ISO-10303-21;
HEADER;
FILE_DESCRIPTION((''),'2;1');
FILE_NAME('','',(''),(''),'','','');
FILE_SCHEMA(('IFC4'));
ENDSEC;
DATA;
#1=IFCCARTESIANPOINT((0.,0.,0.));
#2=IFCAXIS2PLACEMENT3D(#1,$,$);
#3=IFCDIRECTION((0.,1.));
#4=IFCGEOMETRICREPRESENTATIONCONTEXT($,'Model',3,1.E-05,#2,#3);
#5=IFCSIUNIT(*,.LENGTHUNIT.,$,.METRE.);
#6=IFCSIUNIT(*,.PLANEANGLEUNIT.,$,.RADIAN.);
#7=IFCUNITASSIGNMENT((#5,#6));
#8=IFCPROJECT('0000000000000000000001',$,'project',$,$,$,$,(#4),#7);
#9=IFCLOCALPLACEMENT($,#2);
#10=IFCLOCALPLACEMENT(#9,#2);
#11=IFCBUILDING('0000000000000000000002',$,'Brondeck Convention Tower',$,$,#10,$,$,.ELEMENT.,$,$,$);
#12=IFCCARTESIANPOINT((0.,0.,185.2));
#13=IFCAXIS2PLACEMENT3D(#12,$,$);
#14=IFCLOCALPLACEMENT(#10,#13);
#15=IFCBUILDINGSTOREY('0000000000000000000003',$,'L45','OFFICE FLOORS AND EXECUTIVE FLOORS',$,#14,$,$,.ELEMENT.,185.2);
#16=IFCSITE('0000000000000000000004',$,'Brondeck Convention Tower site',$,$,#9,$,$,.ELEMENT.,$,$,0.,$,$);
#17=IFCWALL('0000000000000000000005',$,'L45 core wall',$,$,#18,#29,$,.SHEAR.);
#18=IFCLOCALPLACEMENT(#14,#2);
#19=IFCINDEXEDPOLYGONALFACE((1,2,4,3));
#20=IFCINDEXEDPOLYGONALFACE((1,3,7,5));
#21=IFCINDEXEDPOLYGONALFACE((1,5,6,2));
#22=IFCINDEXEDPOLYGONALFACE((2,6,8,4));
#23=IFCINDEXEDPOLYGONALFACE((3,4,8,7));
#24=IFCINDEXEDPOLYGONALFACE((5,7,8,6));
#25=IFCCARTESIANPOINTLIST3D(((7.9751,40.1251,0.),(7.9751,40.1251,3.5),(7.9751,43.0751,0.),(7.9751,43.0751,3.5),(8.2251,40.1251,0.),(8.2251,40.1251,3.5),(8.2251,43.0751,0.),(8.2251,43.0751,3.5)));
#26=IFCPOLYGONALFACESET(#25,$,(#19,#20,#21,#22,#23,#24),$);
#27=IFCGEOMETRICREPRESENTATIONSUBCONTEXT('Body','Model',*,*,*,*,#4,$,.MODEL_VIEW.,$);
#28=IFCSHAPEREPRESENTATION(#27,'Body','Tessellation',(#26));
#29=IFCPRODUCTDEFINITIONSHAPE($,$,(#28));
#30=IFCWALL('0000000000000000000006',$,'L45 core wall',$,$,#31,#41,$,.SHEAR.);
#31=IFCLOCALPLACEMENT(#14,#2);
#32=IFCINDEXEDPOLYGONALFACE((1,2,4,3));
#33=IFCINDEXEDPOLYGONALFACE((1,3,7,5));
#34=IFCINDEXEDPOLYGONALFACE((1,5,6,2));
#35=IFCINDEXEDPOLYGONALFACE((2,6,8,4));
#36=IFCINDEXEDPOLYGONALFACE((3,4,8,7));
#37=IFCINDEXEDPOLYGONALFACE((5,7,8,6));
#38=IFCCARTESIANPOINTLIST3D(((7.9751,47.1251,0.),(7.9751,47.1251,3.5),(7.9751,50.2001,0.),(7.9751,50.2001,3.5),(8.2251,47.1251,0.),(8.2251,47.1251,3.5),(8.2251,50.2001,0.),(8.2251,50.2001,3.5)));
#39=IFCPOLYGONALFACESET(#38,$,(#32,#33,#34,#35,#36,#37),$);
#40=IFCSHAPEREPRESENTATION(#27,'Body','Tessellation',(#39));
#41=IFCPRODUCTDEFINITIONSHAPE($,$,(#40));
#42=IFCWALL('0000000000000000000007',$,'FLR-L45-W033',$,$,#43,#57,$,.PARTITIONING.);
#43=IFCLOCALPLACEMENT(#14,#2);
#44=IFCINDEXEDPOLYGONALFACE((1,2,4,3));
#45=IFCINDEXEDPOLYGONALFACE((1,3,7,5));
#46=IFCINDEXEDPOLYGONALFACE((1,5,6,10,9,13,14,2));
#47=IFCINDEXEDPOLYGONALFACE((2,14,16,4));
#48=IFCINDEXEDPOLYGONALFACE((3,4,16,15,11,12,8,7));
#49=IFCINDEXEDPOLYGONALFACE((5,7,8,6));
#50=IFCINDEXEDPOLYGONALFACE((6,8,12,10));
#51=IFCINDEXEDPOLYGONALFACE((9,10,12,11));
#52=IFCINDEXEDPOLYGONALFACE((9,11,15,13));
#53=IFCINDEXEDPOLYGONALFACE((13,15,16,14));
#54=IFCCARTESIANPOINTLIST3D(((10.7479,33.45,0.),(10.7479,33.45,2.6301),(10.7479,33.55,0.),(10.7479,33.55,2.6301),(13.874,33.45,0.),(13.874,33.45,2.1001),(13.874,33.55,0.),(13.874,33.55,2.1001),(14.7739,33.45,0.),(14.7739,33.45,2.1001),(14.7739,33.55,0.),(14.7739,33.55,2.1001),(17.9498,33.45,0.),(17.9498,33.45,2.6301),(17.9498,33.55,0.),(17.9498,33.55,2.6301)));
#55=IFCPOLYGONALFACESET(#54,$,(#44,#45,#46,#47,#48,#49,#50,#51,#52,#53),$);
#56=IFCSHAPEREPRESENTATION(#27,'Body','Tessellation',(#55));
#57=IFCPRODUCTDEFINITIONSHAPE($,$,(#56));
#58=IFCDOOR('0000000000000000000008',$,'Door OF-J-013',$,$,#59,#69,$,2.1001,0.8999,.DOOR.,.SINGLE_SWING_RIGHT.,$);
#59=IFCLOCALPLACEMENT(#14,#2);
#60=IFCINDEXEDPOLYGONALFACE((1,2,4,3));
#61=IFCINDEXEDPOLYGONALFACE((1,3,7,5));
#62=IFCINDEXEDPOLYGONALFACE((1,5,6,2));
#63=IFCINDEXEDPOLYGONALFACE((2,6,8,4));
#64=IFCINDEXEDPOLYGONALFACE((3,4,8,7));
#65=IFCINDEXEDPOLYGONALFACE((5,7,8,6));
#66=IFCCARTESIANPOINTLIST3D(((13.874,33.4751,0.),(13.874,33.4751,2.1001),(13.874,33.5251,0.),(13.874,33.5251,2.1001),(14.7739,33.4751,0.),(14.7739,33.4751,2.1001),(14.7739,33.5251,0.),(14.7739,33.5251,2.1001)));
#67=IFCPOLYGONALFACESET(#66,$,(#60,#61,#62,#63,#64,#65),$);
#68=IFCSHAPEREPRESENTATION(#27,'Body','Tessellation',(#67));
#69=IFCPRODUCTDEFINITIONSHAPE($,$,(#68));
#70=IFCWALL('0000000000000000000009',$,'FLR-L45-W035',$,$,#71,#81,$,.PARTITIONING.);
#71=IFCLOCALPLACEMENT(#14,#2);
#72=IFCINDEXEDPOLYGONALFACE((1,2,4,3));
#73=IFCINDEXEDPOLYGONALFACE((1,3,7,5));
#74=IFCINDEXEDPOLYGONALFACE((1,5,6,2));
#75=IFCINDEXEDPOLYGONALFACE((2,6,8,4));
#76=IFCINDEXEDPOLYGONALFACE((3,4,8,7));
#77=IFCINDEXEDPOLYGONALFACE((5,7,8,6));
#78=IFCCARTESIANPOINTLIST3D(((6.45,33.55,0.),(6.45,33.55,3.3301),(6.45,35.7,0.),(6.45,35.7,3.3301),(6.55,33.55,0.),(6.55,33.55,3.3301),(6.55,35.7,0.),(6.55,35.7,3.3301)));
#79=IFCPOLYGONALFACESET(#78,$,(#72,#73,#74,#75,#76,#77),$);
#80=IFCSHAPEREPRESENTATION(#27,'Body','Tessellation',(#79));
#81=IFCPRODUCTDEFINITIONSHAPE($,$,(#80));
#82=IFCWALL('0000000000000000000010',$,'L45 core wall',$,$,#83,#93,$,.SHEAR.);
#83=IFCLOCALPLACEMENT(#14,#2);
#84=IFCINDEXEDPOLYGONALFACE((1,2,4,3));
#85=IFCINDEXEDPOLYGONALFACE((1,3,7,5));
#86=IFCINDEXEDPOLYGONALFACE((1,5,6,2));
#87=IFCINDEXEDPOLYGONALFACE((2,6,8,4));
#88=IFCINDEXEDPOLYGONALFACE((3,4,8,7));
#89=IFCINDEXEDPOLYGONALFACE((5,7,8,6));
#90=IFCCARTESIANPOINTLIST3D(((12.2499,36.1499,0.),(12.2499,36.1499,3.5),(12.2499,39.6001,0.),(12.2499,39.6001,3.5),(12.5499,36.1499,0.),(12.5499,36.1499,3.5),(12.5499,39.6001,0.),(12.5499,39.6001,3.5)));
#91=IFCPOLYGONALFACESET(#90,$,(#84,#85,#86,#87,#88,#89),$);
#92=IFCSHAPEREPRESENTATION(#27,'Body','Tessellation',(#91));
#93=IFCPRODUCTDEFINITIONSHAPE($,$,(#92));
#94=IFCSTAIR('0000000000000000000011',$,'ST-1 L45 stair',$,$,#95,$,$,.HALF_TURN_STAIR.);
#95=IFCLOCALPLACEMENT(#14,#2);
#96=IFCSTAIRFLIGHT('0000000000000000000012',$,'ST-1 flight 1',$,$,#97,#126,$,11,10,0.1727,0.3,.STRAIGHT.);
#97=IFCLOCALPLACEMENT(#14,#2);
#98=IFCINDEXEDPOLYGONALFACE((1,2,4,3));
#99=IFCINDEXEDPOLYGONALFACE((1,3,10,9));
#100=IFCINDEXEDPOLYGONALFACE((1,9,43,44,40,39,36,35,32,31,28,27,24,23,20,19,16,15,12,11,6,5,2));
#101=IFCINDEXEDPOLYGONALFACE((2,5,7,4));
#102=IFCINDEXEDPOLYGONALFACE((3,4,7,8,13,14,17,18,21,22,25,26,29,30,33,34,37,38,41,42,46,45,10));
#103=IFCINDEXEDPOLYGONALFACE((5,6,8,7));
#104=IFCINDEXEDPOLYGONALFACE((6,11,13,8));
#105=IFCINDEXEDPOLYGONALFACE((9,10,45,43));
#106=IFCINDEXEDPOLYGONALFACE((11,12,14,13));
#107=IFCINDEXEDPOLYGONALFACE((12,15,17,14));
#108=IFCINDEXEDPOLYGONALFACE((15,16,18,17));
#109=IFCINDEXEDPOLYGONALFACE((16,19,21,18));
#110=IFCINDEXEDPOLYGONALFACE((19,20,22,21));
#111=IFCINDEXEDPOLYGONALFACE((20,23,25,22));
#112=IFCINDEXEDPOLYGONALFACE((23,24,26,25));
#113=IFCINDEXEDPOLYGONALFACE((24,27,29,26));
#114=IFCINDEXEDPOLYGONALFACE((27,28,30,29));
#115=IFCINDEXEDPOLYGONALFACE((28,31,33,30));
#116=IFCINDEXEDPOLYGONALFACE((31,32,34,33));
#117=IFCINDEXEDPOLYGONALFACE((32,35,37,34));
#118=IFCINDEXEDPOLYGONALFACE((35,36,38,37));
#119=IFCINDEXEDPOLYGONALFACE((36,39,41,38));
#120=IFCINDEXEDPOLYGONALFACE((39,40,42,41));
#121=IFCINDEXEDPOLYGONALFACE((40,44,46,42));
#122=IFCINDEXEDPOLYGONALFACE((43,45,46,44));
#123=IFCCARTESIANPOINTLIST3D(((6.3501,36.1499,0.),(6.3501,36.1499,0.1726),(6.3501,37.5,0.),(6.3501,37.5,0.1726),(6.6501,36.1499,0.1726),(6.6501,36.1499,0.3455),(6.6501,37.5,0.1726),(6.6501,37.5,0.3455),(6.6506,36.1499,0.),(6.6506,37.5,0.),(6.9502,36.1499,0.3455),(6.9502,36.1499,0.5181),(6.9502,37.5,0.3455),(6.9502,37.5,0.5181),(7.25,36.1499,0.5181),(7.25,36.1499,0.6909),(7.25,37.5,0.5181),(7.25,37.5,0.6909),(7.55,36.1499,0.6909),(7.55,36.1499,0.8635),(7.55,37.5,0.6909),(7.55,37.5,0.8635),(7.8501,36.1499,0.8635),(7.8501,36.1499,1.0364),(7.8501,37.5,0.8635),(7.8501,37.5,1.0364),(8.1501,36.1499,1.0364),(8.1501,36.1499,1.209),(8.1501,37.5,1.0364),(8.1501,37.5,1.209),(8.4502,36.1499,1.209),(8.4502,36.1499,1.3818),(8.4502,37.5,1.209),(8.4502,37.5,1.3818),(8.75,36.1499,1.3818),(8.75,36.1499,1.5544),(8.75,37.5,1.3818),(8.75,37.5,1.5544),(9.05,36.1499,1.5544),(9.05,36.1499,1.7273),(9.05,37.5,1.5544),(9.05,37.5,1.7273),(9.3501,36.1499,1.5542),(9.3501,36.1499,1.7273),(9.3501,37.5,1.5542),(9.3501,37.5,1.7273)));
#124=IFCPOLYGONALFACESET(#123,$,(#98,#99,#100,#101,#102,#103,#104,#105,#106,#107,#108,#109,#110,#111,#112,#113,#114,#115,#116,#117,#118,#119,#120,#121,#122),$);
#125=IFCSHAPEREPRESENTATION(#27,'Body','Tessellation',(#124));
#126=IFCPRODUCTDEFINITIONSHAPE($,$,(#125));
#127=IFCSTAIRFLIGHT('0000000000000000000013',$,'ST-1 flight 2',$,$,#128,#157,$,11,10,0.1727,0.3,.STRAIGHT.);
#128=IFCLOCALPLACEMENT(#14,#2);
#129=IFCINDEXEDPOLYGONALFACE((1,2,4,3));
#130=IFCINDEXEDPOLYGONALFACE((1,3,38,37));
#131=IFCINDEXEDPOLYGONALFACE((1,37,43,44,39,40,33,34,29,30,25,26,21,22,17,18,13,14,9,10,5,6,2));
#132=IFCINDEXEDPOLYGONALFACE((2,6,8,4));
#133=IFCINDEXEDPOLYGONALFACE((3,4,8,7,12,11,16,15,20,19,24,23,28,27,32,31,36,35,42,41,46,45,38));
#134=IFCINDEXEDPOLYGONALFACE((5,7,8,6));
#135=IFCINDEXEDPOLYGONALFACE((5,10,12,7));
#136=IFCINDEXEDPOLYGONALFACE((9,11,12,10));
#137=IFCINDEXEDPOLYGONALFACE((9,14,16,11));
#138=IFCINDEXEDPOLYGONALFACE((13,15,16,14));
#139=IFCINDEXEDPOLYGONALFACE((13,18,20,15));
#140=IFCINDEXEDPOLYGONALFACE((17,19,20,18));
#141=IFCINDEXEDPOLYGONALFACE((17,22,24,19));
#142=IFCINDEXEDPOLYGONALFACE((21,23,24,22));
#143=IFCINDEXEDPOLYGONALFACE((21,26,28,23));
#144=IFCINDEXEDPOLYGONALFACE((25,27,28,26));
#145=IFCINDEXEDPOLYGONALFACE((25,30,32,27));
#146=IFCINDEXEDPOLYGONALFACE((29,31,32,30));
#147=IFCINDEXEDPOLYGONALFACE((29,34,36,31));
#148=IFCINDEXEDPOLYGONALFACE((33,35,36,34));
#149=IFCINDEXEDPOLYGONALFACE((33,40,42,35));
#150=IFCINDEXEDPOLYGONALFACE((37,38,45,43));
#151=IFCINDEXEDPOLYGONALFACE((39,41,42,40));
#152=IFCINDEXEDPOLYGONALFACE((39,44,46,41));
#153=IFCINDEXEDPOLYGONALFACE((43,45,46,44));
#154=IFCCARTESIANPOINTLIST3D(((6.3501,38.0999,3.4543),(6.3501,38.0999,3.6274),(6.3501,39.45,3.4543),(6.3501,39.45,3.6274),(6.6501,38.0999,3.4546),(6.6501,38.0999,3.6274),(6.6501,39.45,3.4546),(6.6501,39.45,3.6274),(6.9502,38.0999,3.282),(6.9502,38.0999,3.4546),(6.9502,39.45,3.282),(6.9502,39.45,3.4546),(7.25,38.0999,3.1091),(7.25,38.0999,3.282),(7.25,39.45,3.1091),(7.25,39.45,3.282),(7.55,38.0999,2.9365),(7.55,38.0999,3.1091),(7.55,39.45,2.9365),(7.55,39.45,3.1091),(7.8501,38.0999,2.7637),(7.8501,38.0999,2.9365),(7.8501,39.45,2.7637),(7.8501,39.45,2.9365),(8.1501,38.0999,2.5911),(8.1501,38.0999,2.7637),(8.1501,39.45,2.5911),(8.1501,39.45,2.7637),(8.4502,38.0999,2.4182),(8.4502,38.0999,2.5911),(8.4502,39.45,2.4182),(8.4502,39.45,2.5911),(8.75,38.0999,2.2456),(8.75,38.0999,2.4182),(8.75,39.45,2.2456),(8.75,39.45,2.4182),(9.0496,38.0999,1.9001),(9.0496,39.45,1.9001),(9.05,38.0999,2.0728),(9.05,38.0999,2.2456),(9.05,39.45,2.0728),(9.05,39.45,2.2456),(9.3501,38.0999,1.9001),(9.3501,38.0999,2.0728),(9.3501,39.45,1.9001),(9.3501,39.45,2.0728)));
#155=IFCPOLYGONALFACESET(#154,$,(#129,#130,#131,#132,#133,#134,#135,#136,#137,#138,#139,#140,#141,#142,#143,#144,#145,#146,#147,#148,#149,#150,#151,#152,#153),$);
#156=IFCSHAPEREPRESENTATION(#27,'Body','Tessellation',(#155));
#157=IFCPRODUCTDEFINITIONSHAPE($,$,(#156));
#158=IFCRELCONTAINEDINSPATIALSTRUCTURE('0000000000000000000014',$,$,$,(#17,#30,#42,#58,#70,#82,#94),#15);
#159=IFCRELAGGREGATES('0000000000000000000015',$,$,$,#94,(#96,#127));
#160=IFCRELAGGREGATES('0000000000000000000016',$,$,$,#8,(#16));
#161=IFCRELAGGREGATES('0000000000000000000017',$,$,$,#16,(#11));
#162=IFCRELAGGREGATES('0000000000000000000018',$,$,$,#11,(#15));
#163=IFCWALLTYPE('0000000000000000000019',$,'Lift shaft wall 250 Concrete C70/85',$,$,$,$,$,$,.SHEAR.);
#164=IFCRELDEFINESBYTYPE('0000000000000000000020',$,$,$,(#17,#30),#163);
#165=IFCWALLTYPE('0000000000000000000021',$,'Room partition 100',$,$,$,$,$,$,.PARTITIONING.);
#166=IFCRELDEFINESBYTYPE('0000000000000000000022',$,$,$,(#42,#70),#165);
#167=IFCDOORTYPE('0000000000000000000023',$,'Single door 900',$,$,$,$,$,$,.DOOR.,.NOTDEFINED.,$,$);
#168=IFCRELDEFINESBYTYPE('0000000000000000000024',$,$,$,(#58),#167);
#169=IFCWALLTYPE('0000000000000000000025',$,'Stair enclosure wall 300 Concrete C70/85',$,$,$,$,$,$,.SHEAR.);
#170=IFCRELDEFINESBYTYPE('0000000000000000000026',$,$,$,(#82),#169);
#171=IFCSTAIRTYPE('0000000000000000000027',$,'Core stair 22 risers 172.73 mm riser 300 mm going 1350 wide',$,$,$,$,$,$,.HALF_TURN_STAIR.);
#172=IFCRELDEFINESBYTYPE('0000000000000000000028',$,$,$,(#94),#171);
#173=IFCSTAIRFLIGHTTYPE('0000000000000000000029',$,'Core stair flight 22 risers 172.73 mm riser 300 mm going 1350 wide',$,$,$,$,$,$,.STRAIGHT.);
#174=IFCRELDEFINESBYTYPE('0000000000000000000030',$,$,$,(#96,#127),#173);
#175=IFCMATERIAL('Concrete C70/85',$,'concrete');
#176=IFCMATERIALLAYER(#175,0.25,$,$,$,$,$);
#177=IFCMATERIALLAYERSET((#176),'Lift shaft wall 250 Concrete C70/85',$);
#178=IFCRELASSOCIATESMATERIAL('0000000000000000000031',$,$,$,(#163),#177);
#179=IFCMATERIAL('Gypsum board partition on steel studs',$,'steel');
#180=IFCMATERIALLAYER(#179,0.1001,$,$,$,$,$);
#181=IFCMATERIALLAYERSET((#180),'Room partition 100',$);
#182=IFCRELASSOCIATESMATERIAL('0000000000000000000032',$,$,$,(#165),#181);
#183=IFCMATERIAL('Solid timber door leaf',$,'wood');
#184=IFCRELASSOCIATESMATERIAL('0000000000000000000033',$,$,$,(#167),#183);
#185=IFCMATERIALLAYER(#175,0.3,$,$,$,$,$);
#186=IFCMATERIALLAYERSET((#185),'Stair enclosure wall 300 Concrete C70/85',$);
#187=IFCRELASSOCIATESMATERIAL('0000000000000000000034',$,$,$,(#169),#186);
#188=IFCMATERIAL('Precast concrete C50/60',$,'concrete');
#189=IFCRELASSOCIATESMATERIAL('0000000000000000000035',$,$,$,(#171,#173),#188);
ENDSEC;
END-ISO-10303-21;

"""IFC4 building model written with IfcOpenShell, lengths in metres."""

from ifc_helpers import new_model, si_unit, direction, frame, frame_2d, origin, place, context, subcontext, project, spatial, polyline, rectangle, outline, extrude, material, layer, layer_set, type_object, element, fill, aggregate, save


model = new_model("IFC4")

# Units and contexts
model_context = context("Model", 3, precision=1e-05, world=origin(), true_north=direction((0.0, 1.0)))
body_context = subcontext(model_context, "Body", "Model", "MODEL_VIEW")
ifc_project = project(units=[si_unit("LENGTHUNIT", "METRE"), si_unit("PLANEANGLEUNIT", "RADIAN")], contexts=[model_context])

# Site, building, storey
site_placement = place(None, origin())
site = spatial("IfcSite", under=ifc_project, at=site_placement, Name="Brondeck Convention Tower site", CompositionType="ELEMENT", RefElevation=0.0)
building_placement = place(site_placement, origin())
building = spatial("IfcBuilding", under=site, at=building_placement, Name="Brondeck Convention Tower", CompositionType="ELEMENT")
storey_placement = place(building_placement, frame((0.0, 0.0, 185.2)))
storey = spatial("IfcBuildingStorey", under=building, at=storey_placement, Name="L45", Description="OFFICE FLOORS AND EXECUTIVE FLOORS", CompositionType="ELEMENT", Elevation=185.2)

# Shared definitions
ifc_material_1 = material(Name="Concrete C70/85", Category="concrete")

# Walls
ifc_layer_1 = layer(ifc_material_1, 0.25)
ifc_layer_set_1 = layer_set([ifc_layer_1], Name="Lift shaft wall 250 Concrete C70/85")
wall_type_1 = type_object("IfcWallType", Name="Lift shaft wall 250 Concrete C70/85", PredefinedType="SHEAR", material=ifc_layer_set_1)
wall_1_placement = place(storey_placement, frame((8.1001, 40.125, 0.0), z_axis=(0.0, 0.0, 1.0), x_axis=(0.0, 1.0, 0.0)))
element("IfcWall", 1, at=wall_1_placement, inside=storey, type_object=wall_type_1, Name="L45 core wall", PredefinedType="SHEAR", context=body_context, shape_type="SweptSolid", body=[
    extrude(rectangle(XDim=2.95, YDim=0.25, at=frame_2d((1.4751, 0.0))), origin(), (0.0, 0.0, 1.0), 3.5),
])
wall_2_placement = place(storey_placement, frame((8.1001, 47.125, 0.0), z_axis=(0.0, 0.0, 1.0), x_axis=(0.0, 1.0, 0.0)))
element("IfcWall", 2, at=wall_2_placement, inside=storey, type_object=wall_type_1, Name="L45 core wall", PredefinedType="SHEAR", context=body_context, shape_type="SweptSolid", body=[
    extrude(rectangle(XDim=3.075, YDim=0.25, at=frame_2d((1.5376, 0.0))), origin(), (0.0, 0.0, 1.0), 3.5),
])

# Wall, opening, door
ifc_material_2 = material(Name="Gypsum board partition on steel studs", Category="steel")
ifc_layer_2 = layer(ifc_material_2, 0.1001)
ifc_layer_set_2 = layer_set([ifc_layer_2], Name="Room partition 100")
wall_type_2 = type_object("IfcWallType", Name="Room partition 100", PredefinedType="PARTITIONING", material=ifc_layer_set_2)
wall_3_placement = place(storey_placement, frame((17.95, 33.5, 0.0), z_axis=(0.0, 0.0, 1.0), x_axis=(-1.0, 0.0, 0.0)))
wall_3 = element("IfcWall", 3, at=wall_3_placement, inside=storey, type_object=wall_type_2, Name="FLR-L45-W033", PredefinedType="PARTITIONING", context=body_context, shape_type="SweptSolid", body=[
    extrude(rectangle(XDim=7.2019, YDim=0.1001, at=frame_2d((3.6011, 0.0))), origin(), (0.0, 0.0, 1.0), 2.6301),
])
opening_1_placement = place(wall_3_placement, frame((3.176, 0.0, 0.0)))
opening_1 = element("IfcOpeningElement", 4, at=opening_1_placement, cuts=wall_3, PredefinedType="OPENING", context=body_context, shape_type="SweptSolid", body=[
    extrude(rectangle(XDim=0.8999, YDim=2.1001, at=frame_2d((0.45, 1.05))), frame((0.0, 0.0601, 0.0), z_axis=(0.0, -1.0, 0.0), x_axis=(1.0, 0.0, 0.0)), (0.0, 0.0, 1.0), 0.1201),
])
ifc_material_3 = material(Name="Solid timber door leaf", Category="wood")
door_type_1 = type_object("IfcDoorType", Name="Single door 900", OperationType="NOTDEFINED", PredefinedType="DOOR", material=ifc_material_3)
door_1_placement = place(opening_1_placement, origin())
door_1 = element("IfcDoor", 5, at=door_1_placement, inside=storey, type_object=door_type_1, Name="Door OF-J-013", OperationType="SINGLE_SWING_RIGHT", OverallHeight=2.1001, OverallWidth=0.8999, PredefinedType="DOOR", context=body_context, shape_type="SweptSolid", body=[
    extrude(rectangle(XDim=0.8999, YDim=2.1001, at=frame_2d((0.45, 1.05))), frame((0.0, 0.0249, 0.0), z_axis=(0.0, -1.0, 0.0), x_axis=(1.0, 0.0, 0.0)), (0.0, 0.0, 1.0), 0.05),
])
fill(opening_1, door_1)

# Walls
wall_4_placement = place(storey_placement, frame((6.5, 33.55, 0.0), z_axis=(0.0, 0.0, 1.0), x_axis=(0.0, 1.0, 0.0)))
element("IfcWall", 6, at=wall_4_placement, inside=storey, type_object=wall_type_2, Name="FLR-L45-W035", PredefinedType="PARTITIONING", context=body_context, shape_type="SweptSolid", body=[
    extrude(rectangle(XDim=2.1499, YDim=0.1001, at=frame_2d((1.075, 0.0))), origin(), (0.0, 0.0, 1.0), 3.3301),
])
ifc_layer_3 = layer(ifc_material_1, 0.3)
ifc_layer_set_3 = layer_set([ifc_layer_3], Name="Stair enclosure wall 300 Concrete C70/85")
wall_type_3 = type_object("IfcWallType", Name="Stair enclosure wall 300 Concrete C70/85", PredefinedType="SHEAR", material=ifc_layer_set_3)
wall_5_placement = place(storey_placement, frame((12.3999, 36.1499, 0.0), z_axis=(0.0, 0.0, 1.0), x_axis=(0.0, 1.0, 0.0)))
element("IfcWall", 7, at=wall_5_placement, inside=storey, type_object=wall_type_3, Name="L45 core wall", PredefinedType="SHEAR", context=body_context, shape_type="SweptSolid", body=[
    extrude(rectangle(XDim=3.4502, YDim=0.3, at=frame_2d((1.7251, 0.0))), origin(), (0.0, 0.0, 1.0), 3.5),
])

# Stair, stair flights
ifc_material_4 = material(Name="Precast concrete C50/60", Category="concrete")
stair_type = type_object("IfcStairType", Name="Core stair 22 risers 172.73 mm riser 300 mm going 1350 wide", PredefinedType="HALF_TURN_STAIR", material=ifc_material_4)
stair_placement = place(storey_placement, origin())
stair = element("IfcStair", 8, at=stair_placement, inside=storey, type_object=stair_type, Name="ST-1 L45 stair", PredefinedType="HALF_TURN_STAIR")
stair_flight_type = type_object("IfcStairFlightType", Name="Core stair flight 22 risers 172.73 mm riser 300 mm going 1350 wide", PredefinedType="STRAIGHT", material=ifc_material_4)
stair_flight_1_placement = place(storey_placement, frame((6.3501, 36.825, 0.0), z_axis=(0.0, 0.0, 1.0), x_axis=(1.0, 0.0, 0.0)))
stair_flight_1 = element("IfcStairFlight", 9, at=stair_flight_1_placement, type_object=stair_flight_type, Name="ST-1 flight 1", NumberOfRisers=11, NumberOfTreads=10, PredefinedType="STRAIGHT", RiserHeight=0.1727, TreadLength=0.3, context=body_context, shape_type="SweptSolid", body=[
    extrude(outline(polyline([(0.0, 0.0), (0.0, 0.1726), (0.3, 0.1726), (0.3, 0.3455), (0.6001, 0.3455), (0.6001, 0.5181), (0.8999, 0.5181), (0.8999, 0.6909), (1.2, 0.6909), (1.2, 0.8635), (1.5, 0.8635), (1.5, 1.0364), (1.8, 1.0364), (1.8, 1.209), (2.1001, 1.209), (2.1001, 1.3818), (2.3999, 1.3818), (2.3999, 1.5544), (2.7, 1.5544), (2.7, 1.7273), (3.0, 1.7273), (3.0, 1.8999), (3.0, 1.5542), (0.3005, 0.0), (0.0, 0.0)])), frame((0.0, 0.675, 0.0), z_axis=(0.0, -1.0, 0.0), x_axis=(1.0, 0.0, 0.0)), (0.0, 0.0, 1.0), 1.3501),
])
stair_flight_2_placement = place(storey_placement, frame((9.3501, 38.7749, 1.9001), z_axis=(0.0, 0.0, 1.0), x_axis=(-1.0, 0.0, 0.0)))
stair_flight_2 = element("IfcStairFlight", 10, at=stair_flight_2_placement, type_object=stair_flight_type, Name="ST-1 flight 2", NumberOfRisers=11, NumberOfTreads=10, PredefinedType="STRAIGHT", RiserHeight=0.1727, TreadLength=0.3, context=body_context, shape_type="SweptSolid", body=[
    extrude(outline(polyline([(0.0, 0.0), (0.0, 0.1726), (0.3, 0.1726), (0.3, 0.3455), (0.6001, 0.3455), (0.6001, 0.5181), (0.8999, 0.5181), (0.8999, 0.6909), (1.2, 0.6909), (1.2, 0.8635), (1.5, 0.8635), (1.5, 1.0364), (1.8, 1.0364), (1.8, 1.209), (2.1001, 1.209), (2.1001, 1.3818), (2.3999, 1.3818), (2.3999, 1.5544), (2.7, 1.5544), (2.7, 1.7273), (3.0, 1.7273), (3.0, 1.8999), (3.0, 1.5542), (0.3005, 0.0), (0.0, 0.0)])), frame((0.0, 0.675, 0.0), z_axis=(0.0, -1.0, 0.0), x_axis=(1.0, 0.0, 0.0)), (0.0, 0.0, 1.0), 1.3501),
])
aggregate(stair, [stair_flight_1, stair_flight_2])

save(model, "model.ifc")
